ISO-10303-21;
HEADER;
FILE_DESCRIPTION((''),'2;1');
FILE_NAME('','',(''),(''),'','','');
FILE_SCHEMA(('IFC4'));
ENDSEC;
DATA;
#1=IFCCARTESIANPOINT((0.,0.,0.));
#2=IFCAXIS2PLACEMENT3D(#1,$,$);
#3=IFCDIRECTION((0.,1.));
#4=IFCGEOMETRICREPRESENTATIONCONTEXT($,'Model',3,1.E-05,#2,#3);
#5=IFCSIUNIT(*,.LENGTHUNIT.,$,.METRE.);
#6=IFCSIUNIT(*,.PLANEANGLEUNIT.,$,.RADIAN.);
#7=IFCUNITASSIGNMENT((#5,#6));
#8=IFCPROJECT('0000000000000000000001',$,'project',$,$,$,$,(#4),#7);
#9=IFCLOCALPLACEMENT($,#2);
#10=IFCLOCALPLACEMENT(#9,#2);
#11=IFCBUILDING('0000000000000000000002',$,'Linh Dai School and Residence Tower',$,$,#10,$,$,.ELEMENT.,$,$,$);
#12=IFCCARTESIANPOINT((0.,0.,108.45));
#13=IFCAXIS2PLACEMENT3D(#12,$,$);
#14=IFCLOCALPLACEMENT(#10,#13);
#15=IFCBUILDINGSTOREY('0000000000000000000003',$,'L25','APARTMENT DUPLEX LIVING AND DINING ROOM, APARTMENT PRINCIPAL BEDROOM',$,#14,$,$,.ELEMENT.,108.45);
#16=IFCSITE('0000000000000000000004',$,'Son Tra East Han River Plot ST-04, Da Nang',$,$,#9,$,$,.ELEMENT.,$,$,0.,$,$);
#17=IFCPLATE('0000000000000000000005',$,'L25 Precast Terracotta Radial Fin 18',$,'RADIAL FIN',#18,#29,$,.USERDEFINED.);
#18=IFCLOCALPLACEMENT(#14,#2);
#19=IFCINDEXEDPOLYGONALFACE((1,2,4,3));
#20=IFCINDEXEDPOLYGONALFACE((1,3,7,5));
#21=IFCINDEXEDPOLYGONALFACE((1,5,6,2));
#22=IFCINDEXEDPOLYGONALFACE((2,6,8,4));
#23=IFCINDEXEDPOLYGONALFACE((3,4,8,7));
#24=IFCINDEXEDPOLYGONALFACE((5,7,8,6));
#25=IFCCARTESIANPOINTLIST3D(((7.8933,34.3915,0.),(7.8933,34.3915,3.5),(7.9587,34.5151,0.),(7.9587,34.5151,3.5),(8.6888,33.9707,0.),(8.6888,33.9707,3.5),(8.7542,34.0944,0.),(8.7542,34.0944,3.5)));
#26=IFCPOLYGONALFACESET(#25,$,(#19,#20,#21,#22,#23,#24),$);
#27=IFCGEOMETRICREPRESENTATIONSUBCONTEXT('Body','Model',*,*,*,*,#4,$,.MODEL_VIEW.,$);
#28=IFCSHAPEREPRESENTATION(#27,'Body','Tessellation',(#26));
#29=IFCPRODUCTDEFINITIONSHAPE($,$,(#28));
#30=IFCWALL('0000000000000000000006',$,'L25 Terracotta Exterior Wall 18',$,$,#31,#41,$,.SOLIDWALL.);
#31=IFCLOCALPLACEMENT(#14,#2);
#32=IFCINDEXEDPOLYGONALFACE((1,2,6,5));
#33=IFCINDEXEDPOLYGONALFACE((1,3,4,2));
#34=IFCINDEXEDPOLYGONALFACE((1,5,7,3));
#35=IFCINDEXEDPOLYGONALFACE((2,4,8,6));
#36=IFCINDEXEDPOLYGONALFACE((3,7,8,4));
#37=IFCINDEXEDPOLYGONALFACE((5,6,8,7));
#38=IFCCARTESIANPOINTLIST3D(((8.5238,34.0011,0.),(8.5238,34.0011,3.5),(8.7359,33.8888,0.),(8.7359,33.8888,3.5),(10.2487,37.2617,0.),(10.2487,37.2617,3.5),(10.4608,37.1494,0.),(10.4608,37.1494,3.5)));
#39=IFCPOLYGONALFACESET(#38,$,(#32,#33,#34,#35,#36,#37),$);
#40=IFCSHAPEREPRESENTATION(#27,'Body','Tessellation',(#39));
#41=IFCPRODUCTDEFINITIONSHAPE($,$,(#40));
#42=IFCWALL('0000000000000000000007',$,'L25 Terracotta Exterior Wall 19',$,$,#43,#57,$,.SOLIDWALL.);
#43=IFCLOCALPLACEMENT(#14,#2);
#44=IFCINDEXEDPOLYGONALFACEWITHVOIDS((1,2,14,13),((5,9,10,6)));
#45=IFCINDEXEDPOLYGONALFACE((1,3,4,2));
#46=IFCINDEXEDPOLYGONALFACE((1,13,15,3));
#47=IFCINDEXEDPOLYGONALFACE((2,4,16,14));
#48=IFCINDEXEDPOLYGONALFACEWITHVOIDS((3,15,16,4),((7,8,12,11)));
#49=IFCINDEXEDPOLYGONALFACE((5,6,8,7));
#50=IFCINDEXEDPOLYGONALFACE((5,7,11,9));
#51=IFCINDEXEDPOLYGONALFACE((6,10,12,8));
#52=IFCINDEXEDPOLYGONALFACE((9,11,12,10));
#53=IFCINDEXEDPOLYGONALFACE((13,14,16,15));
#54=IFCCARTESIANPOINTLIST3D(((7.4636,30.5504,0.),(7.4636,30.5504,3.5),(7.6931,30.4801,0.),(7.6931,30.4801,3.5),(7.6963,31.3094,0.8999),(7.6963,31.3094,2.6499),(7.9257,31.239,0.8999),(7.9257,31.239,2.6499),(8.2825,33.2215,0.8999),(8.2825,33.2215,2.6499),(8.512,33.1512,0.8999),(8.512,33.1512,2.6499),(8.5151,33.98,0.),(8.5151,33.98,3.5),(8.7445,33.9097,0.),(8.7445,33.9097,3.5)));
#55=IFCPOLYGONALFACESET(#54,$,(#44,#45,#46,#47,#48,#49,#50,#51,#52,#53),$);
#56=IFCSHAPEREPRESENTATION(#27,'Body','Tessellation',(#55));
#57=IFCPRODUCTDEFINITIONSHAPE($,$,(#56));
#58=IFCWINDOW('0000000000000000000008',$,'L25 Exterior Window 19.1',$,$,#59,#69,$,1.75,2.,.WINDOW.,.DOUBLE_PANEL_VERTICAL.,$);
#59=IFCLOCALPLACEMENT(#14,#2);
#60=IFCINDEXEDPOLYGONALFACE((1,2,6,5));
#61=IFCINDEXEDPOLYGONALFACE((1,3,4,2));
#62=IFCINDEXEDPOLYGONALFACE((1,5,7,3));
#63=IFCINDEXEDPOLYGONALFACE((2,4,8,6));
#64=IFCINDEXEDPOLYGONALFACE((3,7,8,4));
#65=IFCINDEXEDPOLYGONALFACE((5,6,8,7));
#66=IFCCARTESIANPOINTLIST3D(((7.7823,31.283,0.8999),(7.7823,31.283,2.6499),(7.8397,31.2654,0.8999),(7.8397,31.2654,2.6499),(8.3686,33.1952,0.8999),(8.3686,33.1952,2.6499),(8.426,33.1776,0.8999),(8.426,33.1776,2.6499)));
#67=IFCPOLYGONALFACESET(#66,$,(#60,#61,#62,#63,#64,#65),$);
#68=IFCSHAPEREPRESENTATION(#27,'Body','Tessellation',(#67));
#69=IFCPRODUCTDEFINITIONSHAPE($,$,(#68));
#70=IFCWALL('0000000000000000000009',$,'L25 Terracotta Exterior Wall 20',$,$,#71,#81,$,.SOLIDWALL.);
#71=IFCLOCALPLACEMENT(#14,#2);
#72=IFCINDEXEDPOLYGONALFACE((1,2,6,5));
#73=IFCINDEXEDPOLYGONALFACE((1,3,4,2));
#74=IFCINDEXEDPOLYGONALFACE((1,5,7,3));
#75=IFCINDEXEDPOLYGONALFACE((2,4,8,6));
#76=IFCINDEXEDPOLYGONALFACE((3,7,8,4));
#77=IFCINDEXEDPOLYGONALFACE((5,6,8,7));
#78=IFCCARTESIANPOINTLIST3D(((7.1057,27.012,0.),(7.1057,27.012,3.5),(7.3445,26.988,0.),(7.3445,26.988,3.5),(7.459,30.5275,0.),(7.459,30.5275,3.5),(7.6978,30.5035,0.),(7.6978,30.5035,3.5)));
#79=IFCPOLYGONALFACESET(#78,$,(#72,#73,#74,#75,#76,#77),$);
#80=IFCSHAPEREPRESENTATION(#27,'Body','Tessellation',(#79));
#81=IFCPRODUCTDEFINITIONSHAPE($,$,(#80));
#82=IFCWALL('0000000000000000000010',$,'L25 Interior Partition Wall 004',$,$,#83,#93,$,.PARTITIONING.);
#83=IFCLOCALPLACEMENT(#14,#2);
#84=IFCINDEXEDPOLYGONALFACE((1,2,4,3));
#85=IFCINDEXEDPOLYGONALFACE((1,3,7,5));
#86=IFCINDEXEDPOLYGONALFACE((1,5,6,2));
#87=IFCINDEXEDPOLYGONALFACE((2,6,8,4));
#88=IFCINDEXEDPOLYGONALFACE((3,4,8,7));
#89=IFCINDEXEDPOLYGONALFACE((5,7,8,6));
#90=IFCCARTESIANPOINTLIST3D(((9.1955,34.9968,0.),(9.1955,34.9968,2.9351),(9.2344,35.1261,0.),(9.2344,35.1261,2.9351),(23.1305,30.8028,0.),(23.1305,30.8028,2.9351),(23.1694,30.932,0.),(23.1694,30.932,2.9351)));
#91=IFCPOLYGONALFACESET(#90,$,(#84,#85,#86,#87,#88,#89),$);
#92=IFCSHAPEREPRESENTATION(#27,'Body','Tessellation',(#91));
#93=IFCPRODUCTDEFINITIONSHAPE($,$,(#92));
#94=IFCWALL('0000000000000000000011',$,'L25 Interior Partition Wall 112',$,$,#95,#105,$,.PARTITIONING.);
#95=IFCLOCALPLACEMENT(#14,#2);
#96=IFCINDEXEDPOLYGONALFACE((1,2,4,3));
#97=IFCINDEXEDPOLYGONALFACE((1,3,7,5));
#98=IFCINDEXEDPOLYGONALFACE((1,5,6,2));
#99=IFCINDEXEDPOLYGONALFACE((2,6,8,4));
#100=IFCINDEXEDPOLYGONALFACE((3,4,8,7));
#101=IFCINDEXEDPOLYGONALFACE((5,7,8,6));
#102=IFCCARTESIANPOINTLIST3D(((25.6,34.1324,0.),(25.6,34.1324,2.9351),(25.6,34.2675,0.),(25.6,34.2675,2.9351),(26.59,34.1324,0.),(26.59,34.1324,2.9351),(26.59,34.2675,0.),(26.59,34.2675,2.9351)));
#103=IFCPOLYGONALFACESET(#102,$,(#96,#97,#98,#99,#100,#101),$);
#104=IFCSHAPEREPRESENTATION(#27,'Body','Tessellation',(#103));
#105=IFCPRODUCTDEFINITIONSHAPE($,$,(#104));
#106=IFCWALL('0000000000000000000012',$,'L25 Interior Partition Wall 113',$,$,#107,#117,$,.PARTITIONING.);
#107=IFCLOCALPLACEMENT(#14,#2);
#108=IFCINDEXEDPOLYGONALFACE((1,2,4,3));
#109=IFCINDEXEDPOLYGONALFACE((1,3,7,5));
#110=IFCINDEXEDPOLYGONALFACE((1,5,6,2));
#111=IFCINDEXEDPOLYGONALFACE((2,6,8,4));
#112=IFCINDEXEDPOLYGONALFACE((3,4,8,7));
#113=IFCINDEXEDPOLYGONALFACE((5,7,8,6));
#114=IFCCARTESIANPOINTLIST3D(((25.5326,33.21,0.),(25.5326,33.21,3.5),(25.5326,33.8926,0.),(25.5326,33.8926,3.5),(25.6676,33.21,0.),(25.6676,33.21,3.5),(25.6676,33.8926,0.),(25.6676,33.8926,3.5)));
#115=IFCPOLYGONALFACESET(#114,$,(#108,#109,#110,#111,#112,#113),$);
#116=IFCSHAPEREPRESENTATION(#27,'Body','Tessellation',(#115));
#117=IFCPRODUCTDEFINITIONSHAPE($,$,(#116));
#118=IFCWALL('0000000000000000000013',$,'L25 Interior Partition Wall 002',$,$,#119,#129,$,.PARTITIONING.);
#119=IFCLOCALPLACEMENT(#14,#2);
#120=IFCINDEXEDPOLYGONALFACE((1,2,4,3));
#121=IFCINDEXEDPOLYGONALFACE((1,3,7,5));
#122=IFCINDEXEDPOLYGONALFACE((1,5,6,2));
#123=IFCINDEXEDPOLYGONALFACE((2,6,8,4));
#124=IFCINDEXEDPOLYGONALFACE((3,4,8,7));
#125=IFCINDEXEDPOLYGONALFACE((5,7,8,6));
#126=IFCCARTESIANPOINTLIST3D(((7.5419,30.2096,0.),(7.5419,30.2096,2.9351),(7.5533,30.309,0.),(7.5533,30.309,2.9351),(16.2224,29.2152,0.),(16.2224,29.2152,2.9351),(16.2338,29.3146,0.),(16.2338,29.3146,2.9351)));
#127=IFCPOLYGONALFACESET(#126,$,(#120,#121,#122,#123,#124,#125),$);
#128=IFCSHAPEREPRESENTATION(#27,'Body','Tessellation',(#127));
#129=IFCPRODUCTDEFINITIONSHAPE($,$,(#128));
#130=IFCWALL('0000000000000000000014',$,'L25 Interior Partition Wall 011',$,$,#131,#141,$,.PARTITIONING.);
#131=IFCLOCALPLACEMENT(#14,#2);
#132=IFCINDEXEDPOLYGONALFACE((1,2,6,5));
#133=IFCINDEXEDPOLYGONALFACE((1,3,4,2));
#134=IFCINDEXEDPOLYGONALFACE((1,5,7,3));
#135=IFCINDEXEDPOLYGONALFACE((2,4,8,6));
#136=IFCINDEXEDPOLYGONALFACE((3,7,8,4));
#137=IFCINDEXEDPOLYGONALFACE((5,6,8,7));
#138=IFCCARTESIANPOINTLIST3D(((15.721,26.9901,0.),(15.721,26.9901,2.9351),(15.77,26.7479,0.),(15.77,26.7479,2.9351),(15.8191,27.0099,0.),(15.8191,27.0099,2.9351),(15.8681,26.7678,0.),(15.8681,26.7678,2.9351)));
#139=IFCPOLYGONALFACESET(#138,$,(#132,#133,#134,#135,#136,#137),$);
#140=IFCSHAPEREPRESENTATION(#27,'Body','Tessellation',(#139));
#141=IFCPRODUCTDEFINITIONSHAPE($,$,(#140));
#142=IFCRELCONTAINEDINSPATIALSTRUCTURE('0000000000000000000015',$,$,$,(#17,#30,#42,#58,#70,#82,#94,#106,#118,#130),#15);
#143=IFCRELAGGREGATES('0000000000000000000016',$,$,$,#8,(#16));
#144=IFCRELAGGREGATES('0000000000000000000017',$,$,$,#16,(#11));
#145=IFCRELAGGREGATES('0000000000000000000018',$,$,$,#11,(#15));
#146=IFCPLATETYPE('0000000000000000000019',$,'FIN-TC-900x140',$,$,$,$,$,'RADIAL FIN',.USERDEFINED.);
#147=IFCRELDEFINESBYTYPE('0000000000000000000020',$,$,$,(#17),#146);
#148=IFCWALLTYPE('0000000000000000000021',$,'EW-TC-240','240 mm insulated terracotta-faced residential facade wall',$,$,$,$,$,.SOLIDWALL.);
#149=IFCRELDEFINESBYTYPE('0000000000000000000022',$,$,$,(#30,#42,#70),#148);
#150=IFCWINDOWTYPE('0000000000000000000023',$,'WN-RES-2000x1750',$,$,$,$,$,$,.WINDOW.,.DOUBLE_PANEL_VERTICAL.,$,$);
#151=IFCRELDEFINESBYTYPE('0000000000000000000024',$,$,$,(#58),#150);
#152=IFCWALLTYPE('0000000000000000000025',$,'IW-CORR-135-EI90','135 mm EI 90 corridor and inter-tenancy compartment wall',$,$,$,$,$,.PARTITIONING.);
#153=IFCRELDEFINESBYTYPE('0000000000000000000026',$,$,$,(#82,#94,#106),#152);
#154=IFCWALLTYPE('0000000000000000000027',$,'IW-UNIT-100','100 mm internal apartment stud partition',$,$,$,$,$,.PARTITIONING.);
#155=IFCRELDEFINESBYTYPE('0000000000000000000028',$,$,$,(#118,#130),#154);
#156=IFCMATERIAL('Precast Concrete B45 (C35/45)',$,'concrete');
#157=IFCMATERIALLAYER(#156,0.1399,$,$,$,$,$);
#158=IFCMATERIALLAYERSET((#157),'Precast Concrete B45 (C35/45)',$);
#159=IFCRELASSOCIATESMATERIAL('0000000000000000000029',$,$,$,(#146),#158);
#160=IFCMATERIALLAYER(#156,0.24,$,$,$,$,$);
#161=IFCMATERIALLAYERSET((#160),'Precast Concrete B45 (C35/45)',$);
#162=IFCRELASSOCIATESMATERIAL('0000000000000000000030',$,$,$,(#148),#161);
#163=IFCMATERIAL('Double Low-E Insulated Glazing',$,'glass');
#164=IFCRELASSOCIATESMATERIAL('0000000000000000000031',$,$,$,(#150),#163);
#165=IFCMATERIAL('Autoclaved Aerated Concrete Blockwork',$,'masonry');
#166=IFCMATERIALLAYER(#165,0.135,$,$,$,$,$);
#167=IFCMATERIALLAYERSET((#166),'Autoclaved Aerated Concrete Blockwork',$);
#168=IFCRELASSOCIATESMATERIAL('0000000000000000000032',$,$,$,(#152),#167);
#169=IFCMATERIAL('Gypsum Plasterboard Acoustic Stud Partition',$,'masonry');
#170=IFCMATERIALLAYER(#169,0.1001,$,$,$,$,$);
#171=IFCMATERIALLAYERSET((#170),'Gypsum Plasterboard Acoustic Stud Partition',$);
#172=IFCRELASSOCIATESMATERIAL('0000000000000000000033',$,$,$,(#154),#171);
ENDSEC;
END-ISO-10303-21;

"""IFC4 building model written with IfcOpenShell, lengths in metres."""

from ifc_helpers import new_model, si_unit, direction, frame, frame_2d, origin, origin_2d, place, context, subcontext, project, spatial, rectangle, extrude, source, transform, mapped, material, layer, layer_set, type_object, element, fill, save


model = new_model("IFC4")

# Units and contexts
model_context = context("Model", 3, precision=1e-05, world=origin(), true_north=direction((0.0, 1.0)))
body_context = subcontext(model_context, "Body", "Model", "MODEL_VIEW")
ifc_project = project(units=[si_unit("LENGTHUNIT", "METRE"), si_unit("PLANEANGLEUNIT", "RADIAN")], contexts=[model_context])

# Site, building, storey
site_placement = place(None, origin())
site = spatial("IfcSite", under=ifc_project, at=site_placement, Name="Son Tra East Han River Plot ST-04, Da Nang", CompositionType="ELEMENT", RefElevation=0.0)
building_placement = place(site_placement, origin())
building = spatial("IfcBuilding", under=site, at=building_placement, Name="Linh Dai School and Residence Tower", CompositionType="ELEMENT")
storey_placement = place(building_placement, frame((0.0, 0.0, 108.45)))
storey = spatial("IfcBuildingStorey", under=building, at=storey_placement, Name="L25", Description="APARTMENT DUPLEX LIVING AND DINING ROOM, APARTMENT PRINCIPAL BEDROOM", CompositionType="ELEMENT", Elevation=108.45)

# Plate
ifc_material_1 = material(Name="Precast Concrete B45 (C35/45)", Category="concrete")
ifc_layer_1 = layer(ifc_material_1, 0.1399)
ifc_layer_set_1 = layer_set([ifc_layer_1], Name="Precast Concrete B45 (C35/45)")
plate_type = type_object("IfcPlateType", Name="FIN-TC-900x140", ElementType="RADIAL FIN", PredefinedType="USERDEFINED", material=ifc_layer_set_1)
shared_shape_1 = source(origin(), body_context, "Body", "SweptSolid", [
    extrude(rectangle(XDim=0.8999, YDim=0.1399, at=origin_2d()), origin(), (0.0, 0.0, 1.0), 3.5),
])
plate_placement = place(storey_placement, frame((8.3237, 34.2429, 0.0), z_axis=(0.0, 0.0, 1.0), x_axis=(-0.883942, 0.467596, 0.0)))
element("IfcPlate", 1, at=plate_placement, inside=storey, type_object=plate_type, Name="L25 Precast Terracotta Radial Fin 18", ObjectType="RADIAL FIN", PredefinedType="USERDEFINED", context=body_context, shape_type="MappedRepresentation", body=[
    mapped(shared_shape_1, transform((0.0, 0.0, 0.0), x_axis=(1.0, 0.0, 0.0), y_axis=(0.0, 1.0, 0.0), z_axis=(0.0, 0.0, 1.0), scale=1.0)),
])

# Wall
ifc_layer_2 = layer(ifc_material_1, 0.24)
ifc_layer_set_2 = layer_set([ifc_layer_2], Name="Precast Concrete B45 (C35/45)")
wall_type_1 = type_object("IfcWallType", Name="EW-TC-240", Description="240 mm insulated terracotta-faced residential facade wall", PredefinedType="SOLIDWALL", material=ifc_layer_set_2)
wall_1_placement = place(storey_placement, frame((8.6299, 33.9451, 0.0), z_axis=(0.0, 0.0, 1.0), x_axis=(0.467614, 0.883933, 0.0)))
element("IfcWall", 2, at=wall_1_placement, inside=storey, type_object=wall_type_1, Name="L25 Terracotta Exterior Wall 18", PredefinedType="SOLIDWALL", context=body_context, shape_type="SweptSolid", body=[
    extrude(rectangle(XDim=3.6887, YDim=0.24, at=frame_2d((1.8442, 0.0))), origin(), (0.0, 0.0, 1.0), 3.5),
])

# Wall, opening, window
wall_2_placement = place(storey_placement, frame((7.5784, 30.5154, 0.0), z_axis=(0.0, 0.0, 1.0), x_axis=(0.293124, 0.956074, 0.0)))
wall_2 = element("IfcWall", 3, at=wall_2_placement, inside=storey, type_object=wall_type_1, Name="L25 Terracotta Exterior Wall 19", PredefinedType="SOLIDWALL", context=body_context, shape_type="SweptSolid", body=[
    extrude(rectangle(XDim=3.5872, YDim=0.24, at=frame_2d((1.7935, 0.0))), origin(), (0.0, 0.0, 1.0), 3.5),
])
opening_1_placement = place(wall_2_placement, frame((0.7937, 0.0, 0.8999)))
opening_1 = element("IfcOpeningElement", 4, at=opening_1_placement, cuts=wall_2, PredefinedType="OPENING", context=body_context, shape_type="SweptSolid", body=[
    extrude(rectangle(XDim=2.0, YDim=1.75, at=origin_2d()), frame((1.0, 0.1299, 0.875), z_axis=(0.0, -1.0, 0.0), x_axis=(1.0, 0.0, 0.0)), (0.0, 0.0, 1.0), 0.26),
])
ifc_material_2 = material(Name="Double Low-E Insulated Glazing", Category="glass")
window_type = type_object("IfcWindowType", Name="WN-RES-2000x1750", PartitioningType="DOUBLE_PANEL_VERTICAL", PredefinedType="WINDOW", material=ifc_material_2)
shared_shape_2 = source(origin(), body_context, "Body", "SweptSolid", [
    extrude(rectangle(XDim=2.0, YDim=1.75, at=origin_2d()), frame((1.0, 0.03, 0.875), z_axis=(0.0, -1.0, 0.0), x_axis=(1.0, 0.0, 0.0)), (0.0, 0.0, 1.0), 0.0601),
])
window_placement = place(opening_1_placement, origin())
window = element("IfcWindow", 5, at=window_placement, inside=storey, type_object=window_type, Name="L25 Exterior Window 19.1", OverallHeight=1.75, OverallWidth=2.0, PartitioningType="DOUBLE_PANEL_VERTICAL", PredefinedType="WINDOW", context=body_context, shape_type="MappedRepresentation", body=[
    mapped(shared_shape_2, transform((0.0, 0.0, 0.0), x_axis=(1.0, 0.0, 0.0), y_axis=(0.0, 1.0, 0.0), z_axis=(0.0, 0.0, 1.0), scale=1.0)),
])
fill(opening_1, window)

# Walls
wall_3_placement = place(storey_placement, frame((7.2251, 27.0, 0.0), z_axis=(0.0, 0.0, 1.0), x_axis=(0.099989, 0.994988, 0.0)))
element("IfcWall", 6, at=wall_3_placement, inside=storey, type_object=wall_type_1, Name="L25 Terracotta Exterior Wall 20", PredefinedType="SOLIDWALL", context=body_context, shape_type="SweptSolid", body=[
    extrude(rectangle(XDim=3.5332, YDim=0.24, at=frame_2d((1.7666, 0.0))), origin(), (0.0, 0.0, 1.0), 3.5),
])
ifc_material_3 = material(Name="Autoclaved Aerated Concrete Blockwork", Category="masonry")
ifc_layer_3 = layer(ifc_material_3, 0.135)
ifc_layer_set_3 = layer_set([ifc_layer_3], Name="Autoclaved Aerated Concrete Blockwork")
wall_type_2 = type_object("IfcWallType", Name="IW-CORR-135-EI90", Description="135 mm EI 90 corridor and inter-tenancy compartment wall", PredefinedType="PARTITIONING", material=ifc_layer_set_3)
wall_4_placement = place(storey_placement, frame((9.2148, 35.0615, 0.0), z_axis=(0.0, 0.0, 1.0), x_axis=(0.957569, -0.288204, 0.0)))
element("IfcWall", 7, at=wall_4_placement, inside=storey, type_object=wall_type_2, Name="L25 Interior Partition Wall 004", PredefinedType="PARTITIONING", context=body_context, shape_type="SweptSolid", body=[
    extrude(rectangle(XDim=14.5525, YDim=0.135, at=frame_2d((7.2764, 0.0))), origin(), (0.0, 0.0, 1.0), 2.9351),
])
wall_5_placement = place(storey_placement, frame((26.5901, 34.2, 0.0), z_axis=(0.0, 0.0, 1.0), x_axis=(-1.0, 0.0, 0.0)))
element("IfcWall", 8, at=wall_5_placement, inside=storey, type_object=wall_type_2, Name="L25 Interior Partition Wall 112", PredefinedType="PARTITIONING", context=body_context, shape_type="SweptSolid", body=[
    extrude(rectangle(XDim=0.99, YDim=0.135, at=frame_2d((0.4951, 0.0))), origin(), (0.0, 0.0, 1.0), 2.9351),
])
wall_6_placement = place(storey_placement, frame((25.6001, 33.8926, 0.0), z_axis=(0.0, 0.0, 1.0), x_axis=(0.0, -1.0, 0.0)))
element("IfcWall", 9, at=wall_6_placement, inside=storey, type_object=wall_type_2, Name="L25 Interior Partition Wall 113", PredefinedType="PARTITIONING", context=body_context, shape_type="SweptSolid", body=[
    extrude(rectangle(XDim=0.6826, YDim=0.135, at=frame_2d((0.3413, 0.0))), origin(), (0.0, 0.0, 1.0), 3.5),
])
ifc_material_4 = material(Name="Gypsum Plasterboard Acoustic Stud Partition", Category="masonry")
ifc_layer_4 = layer(ifc_material_4, 0.1001)
ifc_layer_set_4 = layer_set([ifc_layer_4], Name="Gypsum Plasterboard Acoustic Stud Partition")
wall_type_3 = type_object("IfcWallType", Name="IW-UNIT-100", Description="100 mm internal apartment stud partition", PredefinedType="PARTITIONING", material=ifc_layer_set_4)
wall_7_placement = place(storey_placement, frame((7.5476, 30.2593, 0.0), z_axis=(0.0, 0.0, 1.0), x_axis=(0.993502, -0.113811, 0.0)))
element("IfcWall", 10, at=wall_7_placement, inside=storey, type_object=wall_type_3, Name="L25 Interior Partition Wall 002", PredefinedType="PARTITIONING", context=body_context, shape_type="SweptSolid", body=[
    extrude(rectangle(XDim=8.7373, YDim=0.1001, at=frame_2d((4.3687, 0.0))), origin(), (0.0, 0.0, 1.0), 2.9351),
])
wall_8_placement = place(storey_placement, frame((15.77, 27.0, 0.0), z_axis=(0.0, 0.0, 1.0), x_axis=(0.198585, -0.980084, 0.0)))
element("IfcWall", 11, at=wall_8_placement, inside=storey, type_object=wall_type_3, Name="L25 Interior Partition Wall 011", PredefinedType="PARTITIONING", context=body_context, shape_type="SweptSolid", body=[
    extrude(rectangle(XDim=0.2471, YDim=0.1001, at=frame_2d((0.1235, 0.0))), origin(), (0.0, 0.0, 1.0), 2.9351),
])

save(model, "model.ifc")
